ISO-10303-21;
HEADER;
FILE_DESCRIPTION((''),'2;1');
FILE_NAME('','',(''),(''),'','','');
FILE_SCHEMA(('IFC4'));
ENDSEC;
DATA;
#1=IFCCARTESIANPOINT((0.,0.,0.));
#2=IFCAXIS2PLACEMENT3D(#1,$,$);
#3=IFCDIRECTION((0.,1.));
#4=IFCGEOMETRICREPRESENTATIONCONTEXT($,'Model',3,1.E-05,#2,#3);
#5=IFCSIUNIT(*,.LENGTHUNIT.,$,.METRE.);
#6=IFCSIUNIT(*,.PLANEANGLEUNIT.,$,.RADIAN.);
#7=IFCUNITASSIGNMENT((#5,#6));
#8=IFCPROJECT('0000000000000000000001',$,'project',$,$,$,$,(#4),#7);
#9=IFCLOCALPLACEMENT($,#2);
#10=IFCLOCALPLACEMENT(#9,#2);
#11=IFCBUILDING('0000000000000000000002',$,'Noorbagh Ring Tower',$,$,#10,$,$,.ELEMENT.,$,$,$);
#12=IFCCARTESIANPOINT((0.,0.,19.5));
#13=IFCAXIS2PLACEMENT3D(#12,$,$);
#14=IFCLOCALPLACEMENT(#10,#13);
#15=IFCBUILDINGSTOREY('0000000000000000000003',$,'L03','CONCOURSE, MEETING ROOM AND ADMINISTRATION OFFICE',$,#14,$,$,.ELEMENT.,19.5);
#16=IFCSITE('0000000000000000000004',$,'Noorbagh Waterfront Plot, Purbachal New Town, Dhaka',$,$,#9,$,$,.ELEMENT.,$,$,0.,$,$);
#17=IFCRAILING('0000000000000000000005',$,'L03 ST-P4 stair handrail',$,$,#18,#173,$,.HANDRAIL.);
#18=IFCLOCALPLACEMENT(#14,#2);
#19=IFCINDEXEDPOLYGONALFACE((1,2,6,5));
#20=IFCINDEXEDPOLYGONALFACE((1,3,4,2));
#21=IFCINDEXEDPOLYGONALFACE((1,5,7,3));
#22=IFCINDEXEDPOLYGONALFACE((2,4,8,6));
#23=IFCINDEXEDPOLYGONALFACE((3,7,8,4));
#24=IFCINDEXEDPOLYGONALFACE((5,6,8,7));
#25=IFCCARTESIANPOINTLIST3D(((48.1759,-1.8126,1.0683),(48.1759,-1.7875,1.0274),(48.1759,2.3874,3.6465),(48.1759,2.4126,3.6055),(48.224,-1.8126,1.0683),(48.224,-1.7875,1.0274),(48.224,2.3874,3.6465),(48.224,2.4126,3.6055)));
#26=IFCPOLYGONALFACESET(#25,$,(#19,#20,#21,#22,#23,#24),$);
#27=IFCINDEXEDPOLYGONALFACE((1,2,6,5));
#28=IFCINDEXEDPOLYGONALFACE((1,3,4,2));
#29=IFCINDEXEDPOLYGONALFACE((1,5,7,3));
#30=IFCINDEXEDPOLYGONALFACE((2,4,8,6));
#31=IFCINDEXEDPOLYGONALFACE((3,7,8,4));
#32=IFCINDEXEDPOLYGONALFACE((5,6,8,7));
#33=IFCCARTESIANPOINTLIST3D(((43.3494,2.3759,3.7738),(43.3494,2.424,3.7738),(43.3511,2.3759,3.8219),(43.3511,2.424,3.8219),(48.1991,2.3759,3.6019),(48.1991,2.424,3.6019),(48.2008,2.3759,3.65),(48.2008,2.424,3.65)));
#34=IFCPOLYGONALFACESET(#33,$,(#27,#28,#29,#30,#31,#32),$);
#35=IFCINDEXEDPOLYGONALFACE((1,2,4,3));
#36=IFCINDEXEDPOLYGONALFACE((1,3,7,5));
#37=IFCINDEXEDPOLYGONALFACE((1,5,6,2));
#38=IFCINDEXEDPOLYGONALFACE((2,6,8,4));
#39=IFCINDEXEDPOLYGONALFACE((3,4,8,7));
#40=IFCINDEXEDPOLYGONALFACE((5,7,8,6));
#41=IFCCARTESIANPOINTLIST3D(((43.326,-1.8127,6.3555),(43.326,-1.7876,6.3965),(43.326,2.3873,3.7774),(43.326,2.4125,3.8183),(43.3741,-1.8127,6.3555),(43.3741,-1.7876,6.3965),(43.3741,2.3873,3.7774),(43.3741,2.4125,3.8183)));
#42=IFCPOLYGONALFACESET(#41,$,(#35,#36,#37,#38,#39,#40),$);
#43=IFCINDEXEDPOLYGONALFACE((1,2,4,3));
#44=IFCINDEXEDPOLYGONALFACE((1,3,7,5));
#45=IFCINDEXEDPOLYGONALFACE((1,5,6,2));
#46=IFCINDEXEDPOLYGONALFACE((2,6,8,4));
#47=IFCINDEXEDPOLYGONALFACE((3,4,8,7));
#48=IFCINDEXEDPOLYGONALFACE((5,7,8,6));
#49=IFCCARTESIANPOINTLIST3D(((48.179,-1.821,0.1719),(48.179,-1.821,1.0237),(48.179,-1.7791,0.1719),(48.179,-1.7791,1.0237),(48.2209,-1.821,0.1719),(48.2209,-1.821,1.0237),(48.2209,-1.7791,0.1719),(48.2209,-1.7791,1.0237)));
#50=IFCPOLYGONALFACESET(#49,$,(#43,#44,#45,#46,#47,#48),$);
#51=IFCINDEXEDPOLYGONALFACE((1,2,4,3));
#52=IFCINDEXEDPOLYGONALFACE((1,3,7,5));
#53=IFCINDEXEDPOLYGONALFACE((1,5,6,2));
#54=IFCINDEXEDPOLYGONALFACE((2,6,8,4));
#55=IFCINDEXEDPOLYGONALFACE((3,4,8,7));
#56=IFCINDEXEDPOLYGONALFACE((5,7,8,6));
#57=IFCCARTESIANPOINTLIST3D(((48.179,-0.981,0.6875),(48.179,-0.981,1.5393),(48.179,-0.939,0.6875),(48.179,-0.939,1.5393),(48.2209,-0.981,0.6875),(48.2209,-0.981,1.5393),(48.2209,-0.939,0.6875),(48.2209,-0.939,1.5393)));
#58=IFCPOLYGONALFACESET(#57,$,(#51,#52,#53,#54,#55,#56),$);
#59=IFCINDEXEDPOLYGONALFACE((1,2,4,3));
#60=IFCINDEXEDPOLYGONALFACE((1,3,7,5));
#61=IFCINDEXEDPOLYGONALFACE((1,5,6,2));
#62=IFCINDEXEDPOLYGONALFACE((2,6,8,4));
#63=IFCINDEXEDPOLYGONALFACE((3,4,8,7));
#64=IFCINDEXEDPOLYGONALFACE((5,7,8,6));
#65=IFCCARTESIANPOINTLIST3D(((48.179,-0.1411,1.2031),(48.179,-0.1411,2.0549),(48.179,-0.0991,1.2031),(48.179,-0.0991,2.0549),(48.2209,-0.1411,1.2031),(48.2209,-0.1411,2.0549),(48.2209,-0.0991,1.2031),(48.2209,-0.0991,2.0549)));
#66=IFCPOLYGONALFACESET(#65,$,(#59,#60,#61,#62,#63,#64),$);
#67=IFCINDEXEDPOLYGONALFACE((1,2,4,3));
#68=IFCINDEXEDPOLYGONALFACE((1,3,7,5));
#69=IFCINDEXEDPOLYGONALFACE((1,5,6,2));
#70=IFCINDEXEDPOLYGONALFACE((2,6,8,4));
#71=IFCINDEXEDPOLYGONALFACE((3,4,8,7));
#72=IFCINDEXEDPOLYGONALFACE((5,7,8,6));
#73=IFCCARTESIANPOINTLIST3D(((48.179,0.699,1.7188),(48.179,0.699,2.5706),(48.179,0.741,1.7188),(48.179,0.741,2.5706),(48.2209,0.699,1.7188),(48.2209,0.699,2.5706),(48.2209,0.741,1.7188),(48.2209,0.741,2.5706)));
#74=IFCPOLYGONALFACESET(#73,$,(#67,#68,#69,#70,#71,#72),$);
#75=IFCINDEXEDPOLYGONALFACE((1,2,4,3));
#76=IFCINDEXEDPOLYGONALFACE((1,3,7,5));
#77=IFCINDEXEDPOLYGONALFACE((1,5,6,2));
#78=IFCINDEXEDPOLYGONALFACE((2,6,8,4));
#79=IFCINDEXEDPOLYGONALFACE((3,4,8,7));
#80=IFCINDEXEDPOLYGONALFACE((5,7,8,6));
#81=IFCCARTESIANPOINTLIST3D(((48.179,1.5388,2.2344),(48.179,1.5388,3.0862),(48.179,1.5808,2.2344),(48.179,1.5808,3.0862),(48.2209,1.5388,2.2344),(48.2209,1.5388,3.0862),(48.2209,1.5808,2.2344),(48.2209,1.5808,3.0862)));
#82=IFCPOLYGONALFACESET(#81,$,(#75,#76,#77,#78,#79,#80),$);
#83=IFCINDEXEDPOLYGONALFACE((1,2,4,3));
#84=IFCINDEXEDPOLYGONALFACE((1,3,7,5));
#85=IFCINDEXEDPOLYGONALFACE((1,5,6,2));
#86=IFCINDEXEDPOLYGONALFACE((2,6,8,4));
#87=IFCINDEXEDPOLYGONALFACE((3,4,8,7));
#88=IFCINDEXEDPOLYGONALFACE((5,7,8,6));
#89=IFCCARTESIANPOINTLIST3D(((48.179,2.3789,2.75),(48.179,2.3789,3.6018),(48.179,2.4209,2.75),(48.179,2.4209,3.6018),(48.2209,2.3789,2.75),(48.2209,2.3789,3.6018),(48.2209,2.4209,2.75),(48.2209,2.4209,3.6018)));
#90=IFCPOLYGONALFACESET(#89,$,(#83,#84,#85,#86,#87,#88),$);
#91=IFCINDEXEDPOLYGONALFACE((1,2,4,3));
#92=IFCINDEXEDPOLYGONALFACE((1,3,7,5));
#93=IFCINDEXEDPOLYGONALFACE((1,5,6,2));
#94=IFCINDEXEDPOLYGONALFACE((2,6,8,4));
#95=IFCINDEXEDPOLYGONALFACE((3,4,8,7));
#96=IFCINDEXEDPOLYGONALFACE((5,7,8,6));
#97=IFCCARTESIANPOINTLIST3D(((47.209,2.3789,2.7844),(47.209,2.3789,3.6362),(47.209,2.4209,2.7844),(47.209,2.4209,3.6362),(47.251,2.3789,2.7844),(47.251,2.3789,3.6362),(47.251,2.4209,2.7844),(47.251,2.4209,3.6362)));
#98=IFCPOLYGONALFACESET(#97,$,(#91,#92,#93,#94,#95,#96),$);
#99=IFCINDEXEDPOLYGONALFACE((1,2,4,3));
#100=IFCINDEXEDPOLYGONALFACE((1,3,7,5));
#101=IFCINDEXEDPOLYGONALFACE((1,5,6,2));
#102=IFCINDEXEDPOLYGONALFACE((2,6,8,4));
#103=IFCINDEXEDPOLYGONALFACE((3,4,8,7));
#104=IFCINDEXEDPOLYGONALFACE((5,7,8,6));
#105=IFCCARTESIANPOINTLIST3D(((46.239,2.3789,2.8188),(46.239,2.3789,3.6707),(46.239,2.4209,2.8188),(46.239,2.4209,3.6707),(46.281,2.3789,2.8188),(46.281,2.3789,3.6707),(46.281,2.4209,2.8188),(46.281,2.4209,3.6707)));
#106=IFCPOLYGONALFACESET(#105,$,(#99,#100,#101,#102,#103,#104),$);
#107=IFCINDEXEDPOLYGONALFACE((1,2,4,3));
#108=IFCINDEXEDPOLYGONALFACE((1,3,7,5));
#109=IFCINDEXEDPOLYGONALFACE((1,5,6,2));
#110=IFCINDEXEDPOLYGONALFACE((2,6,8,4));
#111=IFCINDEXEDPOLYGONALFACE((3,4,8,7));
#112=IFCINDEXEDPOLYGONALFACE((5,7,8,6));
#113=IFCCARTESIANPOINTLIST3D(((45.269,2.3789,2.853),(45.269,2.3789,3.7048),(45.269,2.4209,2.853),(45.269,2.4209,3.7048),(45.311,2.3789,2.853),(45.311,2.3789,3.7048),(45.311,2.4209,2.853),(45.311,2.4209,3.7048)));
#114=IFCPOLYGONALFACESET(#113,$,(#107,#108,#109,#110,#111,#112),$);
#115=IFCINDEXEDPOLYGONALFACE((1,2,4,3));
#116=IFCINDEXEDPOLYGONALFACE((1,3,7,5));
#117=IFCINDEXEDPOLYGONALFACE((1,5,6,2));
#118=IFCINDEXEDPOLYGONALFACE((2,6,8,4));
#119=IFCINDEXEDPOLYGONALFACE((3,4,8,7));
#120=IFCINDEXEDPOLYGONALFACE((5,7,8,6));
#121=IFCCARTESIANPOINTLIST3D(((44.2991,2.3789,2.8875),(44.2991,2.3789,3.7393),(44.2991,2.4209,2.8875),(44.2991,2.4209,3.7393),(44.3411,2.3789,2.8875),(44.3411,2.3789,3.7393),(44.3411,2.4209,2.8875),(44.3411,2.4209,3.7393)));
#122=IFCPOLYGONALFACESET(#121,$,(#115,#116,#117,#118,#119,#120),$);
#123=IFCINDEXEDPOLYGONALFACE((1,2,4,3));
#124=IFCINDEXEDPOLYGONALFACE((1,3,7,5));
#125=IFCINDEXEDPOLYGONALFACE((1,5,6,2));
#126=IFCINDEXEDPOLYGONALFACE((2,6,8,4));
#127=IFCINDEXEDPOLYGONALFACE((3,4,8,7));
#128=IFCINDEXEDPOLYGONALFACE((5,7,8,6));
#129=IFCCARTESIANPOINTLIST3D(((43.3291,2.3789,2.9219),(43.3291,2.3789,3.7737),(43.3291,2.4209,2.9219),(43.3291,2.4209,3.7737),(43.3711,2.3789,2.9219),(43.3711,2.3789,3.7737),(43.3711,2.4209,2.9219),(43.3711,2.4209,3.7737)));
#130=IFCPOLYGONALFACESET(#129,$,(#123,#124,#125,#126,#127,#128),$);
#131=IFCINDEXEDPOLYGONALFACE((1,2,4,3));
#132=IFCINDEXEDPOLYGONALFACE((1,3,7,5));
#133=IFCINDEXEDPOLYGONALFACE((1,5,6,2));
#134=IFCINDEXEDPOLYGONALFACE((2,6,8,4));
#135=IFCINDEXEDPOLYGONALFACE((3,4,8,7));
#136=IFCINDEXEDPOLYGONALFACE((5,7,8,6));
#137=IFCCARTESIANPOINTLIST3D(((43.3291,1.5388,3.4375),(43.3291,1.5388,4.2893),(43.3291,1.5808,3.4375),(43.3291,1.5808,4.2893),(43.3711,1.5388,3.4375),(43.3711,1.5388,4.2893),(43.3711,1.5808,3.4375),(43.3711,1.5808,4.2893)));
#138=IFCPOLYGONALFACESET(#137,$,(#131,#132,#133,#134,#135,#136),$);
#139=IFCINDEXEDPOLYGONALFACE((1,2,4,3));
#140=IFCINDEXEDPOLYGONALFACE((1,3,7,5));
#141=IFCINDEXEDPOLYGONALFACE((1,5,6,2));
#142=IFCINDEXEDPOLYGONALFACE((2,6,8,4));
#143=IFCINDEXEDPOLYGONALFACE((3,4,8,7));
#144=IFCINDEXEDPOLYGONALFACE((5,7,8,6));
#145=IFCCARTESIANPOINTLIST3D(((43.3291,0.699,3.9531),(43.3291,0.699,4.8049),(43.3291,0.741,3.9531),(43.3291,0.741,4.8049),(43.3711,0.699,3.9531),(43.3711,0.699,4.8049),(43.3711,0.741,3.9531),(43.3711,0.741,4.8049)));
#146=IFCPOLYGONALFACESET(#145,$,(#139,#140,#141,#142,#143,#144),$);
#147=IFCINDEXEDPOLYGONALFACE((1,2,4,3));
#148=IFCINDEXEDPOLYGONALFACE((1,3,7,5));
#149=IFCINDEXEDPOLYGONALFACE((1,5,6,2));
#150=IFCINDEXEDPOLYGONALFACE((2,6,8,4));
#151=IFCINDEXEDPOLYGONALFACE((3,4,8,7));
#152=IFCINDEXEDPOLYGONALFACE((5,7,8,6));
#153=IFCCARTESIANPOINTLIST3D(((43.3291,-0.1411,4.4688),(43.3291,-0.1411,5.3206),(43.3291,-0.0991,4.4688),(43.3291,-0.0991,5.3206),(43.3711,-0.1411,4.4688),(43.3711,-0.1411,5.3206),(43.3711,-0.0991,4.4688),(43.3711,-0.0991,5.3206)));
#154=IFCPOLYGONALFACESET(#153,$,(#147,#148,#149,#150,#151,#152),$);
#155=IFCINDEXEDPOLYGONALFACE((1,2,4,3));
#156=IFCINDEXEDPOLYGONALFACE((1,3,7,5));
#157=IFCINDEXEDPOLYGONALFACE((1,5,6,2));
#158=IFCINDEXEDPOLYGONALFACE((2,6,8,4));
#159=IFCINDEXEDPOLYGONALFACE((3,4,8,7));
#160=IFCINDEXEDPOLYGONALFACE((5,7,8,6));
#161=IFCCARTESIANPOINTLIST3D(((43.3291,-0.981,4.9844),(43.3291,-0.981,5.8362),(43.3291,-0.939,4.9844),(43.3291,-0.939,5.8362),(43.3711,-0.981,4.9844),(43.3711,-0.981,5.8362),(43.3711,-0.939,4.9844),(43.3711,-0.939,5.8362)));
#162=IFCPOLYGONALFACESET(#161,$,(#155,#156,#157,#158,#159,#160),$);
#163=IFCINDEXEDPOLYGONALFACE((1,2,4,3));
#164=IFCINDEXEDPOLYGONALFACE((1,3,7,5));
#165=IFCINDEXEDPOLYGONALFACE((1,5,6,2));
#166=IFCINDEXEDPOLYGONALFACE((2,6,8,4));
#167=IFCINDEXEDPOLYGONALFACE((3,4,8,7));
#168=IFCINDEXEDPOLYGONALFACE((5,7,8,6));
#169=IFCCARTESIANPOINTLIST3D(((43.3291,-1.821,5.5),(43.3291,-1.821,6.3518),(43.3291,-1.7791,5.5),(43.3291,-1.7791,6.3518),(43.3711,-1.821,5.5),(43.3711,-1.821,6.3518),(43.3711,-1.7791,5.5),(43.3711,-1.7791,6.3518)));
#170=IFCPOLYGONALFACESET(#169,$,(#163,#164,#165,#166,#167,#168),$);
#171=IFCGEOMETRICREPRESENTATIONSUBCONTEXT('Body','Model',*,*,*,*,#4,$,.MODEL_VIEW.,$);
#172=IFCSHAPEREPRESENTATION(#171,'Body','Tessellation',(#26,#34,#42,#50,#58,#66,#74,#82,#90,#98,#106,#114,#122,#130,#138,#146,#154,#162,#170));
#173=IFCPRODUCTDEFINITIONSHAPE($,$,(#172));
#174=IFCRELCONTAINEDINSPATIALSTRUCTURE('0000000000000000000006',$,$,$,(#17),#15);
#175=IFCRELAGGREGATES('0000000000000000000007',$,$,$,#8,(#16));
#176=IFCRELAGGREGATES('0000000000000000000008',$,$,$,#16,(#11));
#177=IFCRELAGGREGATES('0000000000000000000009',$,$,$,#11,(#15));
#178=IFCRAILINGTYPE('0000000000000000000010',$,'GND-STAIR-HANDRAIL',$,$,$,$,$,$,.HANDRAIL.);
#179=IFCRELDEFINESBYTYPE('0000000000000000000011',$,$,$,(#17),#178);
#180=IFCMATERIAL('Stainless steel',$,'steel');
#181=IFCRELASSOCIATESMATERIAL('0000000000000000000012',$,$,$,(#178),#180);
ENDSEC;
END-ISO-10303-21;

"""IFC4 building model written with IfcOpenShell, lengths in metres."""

from ifc_helpers import new_model, si_unit, direction, frame, origin, origin_2d, place, context, subcontext, project, spatial, rectangle, extrude, material, type_object, element, save


model = new_model("IFC4")

# Units and contexts
model_context = context("Model", 3, precision=1e-05, world=origin(), true_north=direction((0.0, 1.0)))
body_context = subcontext(model_context, "Body", "Model", "MODEL_VIEW")
ifc_project = project(units=[si_unit("LENGTHUNIT", "METRE"), si_unit("PLANEANGLEUNIT", "RADIAN")], contexts=[model_context])

# Site, building, storey
site_placement = place(None, origin())
site = spatial("IfcSite", under=ifc_project, at=site_placement, Name="Noorbagh Waterfront Plot, Purbachal New Town, Dhaka", CompositionType="ELEMENT", RefElevation=0.0)
building_placement = place(site_placement, origin())
building = spatial("IfcBuilding", under=site, at=building_placement, Name="Noorbagh Ring Tower", CompositionType="ELEMENT")
storey_placement = place(building_placement, frame((0.0, 0.0, 19.5)))
storey = spatial("IfcBuildingStorey", under=building, at=storey_placement, Name="L03", Description="CONCOURSE, MEETING ROOM AND ADMINISTRATION OFFICE", CompositionType="ELEMENT", Elevation=19.5)

# Railing
ifc_material_1 = material(Name="Stainless steel", Category="steel")
railing_type_1 = type_object("IfcRailingType", Name="GND-STAIR-HANDRAIL", PredefinedType="HANDRAIL", material=ifc_material_1)
railing_1_placement = place(storey_placement, frame((48.2, -1.8, 0.1719)))
element("IfcRailing", 1, at=railing_1_placement, inside=storey, type_object=railing_type_1, Name="L03 ST-P4 stair handrail", PredefinedType="HANDRAIL", context=body_context, shape_type="SweptSolid", body=[
    extrude(rectangle(XDim=0.0481, YDim=0.0481, at=origin_2d()), frame((0.0, 0.0, 0.876), z_axis=(0.0, 0.852243, 0.523146), x_axis=(-1.0, 0.0, 0.0)), (0.0, 0.0, 1.0), 4.9282),
    extrude(rectangle(XDim=0.0481, YDim=0.0481, at=origin_2d()), frame((0.0, 4.2, 3.4541), z_axis=(-0.999373, 0.0, 0.035417), x_axis=(0.0, -1.0, 0.0)), (0.0, 0.0, 1.0), 4.8528),
    extrude(rectangle(XDim=0.0481, YDim=0.0481, at=origin_2d()), frame((-4.8499, 4.2, 3.626), z_axis=(0.0, -0.852243, 0.523146), x_axis=(1.0, 0.0, 0.0)), (0.0, 0.0, 1.0), 4.9282),
    extrude(rectangle(XDim=0.042, YDim=0.042, at=origin_2d()), origin(), (0.0, 0.0, 1.0), 0.8518),
    extrude(rectangle(XDim=0.042, YDim=0.042, at=origin_2d()), frame((0.0, 0.8401, 0.5156)), (0.0, 0.0, 1.0), 0.8518),
    extrude(rectangle(XDim=0.042, YDim=0.042, at=origin_2d()), frame((0.0, 1.6799, 1.0312)), (0.0, 0.0, 1.0), 0.8518),
    extrude(rectangle(XDim=0.042, YDim=0.042, at=origin_2d()), frame((0.0, 2.52, 1.5469)), (0.0, 0.0, 1.0), 0.8518),
    extrude(rectangle(XDim=0.042, YDim=0.042, at=origin_2d()), frame((0.0, 3.3599, 2.0625)), (0.0, 0.0, 1.0), 0.8518),
    extrude(rectangle(XDim=0.042, YDim=0.042, at=origin_2d()), frame((0.0, 4.2, 2.5781)), (0.0, 0.0, 1.0), 0.8518),
    extrude(rectangle(XDim=0.042, YDim=0.042, at=origin_2d()), frame((-0.97, 4.2, 2.6125)), (0.0, 0.0, 1.0), 0.8518),
    extrude(rectangle(XDim=0.042, YDim=0.042, at=origin_2d()), frame((-1.9399, 4.2, 2.647)), (0.0, 0.0, 1.0), 0.8518),
    extrude(rectangle(XDim=0.042, YDim=0.042, at=origin_2d()), frame((-2.9099, 4.2, 2.6812)), (0.0, 0.0, 1.0), 0.8518),
    extrude(rectangle(XDim=0.042, YDim=0.042, at=origin_2d()), frame((-3.8799, 4.2, 2.7156)), (0.0, 0.0, 1.0), 0.8518),
    extrude(rectangle(XDim=0.042, YDim=0.042, at=origin_2d()), frame((-4.8499, 4.2, 2.75)), (0.0, 0.0, 1.0), 0.8518),
    extrude(rectangle(XDim=0.042, YDim=0.042, at=origin_2d()), frame((-4.8499, 3.3599, 3.2656)), (0.0, 0.0, 1.0), 0.8518),
    extrude(rectangle(XDim=0.042, YDim=0.042, at=origin_2d()), frame((-4.8499, 2.52, 3.7812)), (0.0, 0.0, 1.0), 0.8518),
    extrude(rectangle(XDim=0.042, YDim=0.042, at=origin_2d()), frame((-4.8499, 1.6799, 4.2969)), (0.0, 0.0, 1.0), 0.8518),
    extrude(rectangle(XDim=0.042, YDim=0.042, at=origin_2d()), frame((-4.8499, 0.8401, 4.8125)), (0.0, 0.0, 1.0), 0.8518),
    extrude(rectangle(XDim=0.042, YDim=0.042, at=origin_2d()), frame((-4.8499, 0.0, 5.3281)), (0.0, 0.0, 1.0), 0.8518),
])

save(model, "model.ifc")
